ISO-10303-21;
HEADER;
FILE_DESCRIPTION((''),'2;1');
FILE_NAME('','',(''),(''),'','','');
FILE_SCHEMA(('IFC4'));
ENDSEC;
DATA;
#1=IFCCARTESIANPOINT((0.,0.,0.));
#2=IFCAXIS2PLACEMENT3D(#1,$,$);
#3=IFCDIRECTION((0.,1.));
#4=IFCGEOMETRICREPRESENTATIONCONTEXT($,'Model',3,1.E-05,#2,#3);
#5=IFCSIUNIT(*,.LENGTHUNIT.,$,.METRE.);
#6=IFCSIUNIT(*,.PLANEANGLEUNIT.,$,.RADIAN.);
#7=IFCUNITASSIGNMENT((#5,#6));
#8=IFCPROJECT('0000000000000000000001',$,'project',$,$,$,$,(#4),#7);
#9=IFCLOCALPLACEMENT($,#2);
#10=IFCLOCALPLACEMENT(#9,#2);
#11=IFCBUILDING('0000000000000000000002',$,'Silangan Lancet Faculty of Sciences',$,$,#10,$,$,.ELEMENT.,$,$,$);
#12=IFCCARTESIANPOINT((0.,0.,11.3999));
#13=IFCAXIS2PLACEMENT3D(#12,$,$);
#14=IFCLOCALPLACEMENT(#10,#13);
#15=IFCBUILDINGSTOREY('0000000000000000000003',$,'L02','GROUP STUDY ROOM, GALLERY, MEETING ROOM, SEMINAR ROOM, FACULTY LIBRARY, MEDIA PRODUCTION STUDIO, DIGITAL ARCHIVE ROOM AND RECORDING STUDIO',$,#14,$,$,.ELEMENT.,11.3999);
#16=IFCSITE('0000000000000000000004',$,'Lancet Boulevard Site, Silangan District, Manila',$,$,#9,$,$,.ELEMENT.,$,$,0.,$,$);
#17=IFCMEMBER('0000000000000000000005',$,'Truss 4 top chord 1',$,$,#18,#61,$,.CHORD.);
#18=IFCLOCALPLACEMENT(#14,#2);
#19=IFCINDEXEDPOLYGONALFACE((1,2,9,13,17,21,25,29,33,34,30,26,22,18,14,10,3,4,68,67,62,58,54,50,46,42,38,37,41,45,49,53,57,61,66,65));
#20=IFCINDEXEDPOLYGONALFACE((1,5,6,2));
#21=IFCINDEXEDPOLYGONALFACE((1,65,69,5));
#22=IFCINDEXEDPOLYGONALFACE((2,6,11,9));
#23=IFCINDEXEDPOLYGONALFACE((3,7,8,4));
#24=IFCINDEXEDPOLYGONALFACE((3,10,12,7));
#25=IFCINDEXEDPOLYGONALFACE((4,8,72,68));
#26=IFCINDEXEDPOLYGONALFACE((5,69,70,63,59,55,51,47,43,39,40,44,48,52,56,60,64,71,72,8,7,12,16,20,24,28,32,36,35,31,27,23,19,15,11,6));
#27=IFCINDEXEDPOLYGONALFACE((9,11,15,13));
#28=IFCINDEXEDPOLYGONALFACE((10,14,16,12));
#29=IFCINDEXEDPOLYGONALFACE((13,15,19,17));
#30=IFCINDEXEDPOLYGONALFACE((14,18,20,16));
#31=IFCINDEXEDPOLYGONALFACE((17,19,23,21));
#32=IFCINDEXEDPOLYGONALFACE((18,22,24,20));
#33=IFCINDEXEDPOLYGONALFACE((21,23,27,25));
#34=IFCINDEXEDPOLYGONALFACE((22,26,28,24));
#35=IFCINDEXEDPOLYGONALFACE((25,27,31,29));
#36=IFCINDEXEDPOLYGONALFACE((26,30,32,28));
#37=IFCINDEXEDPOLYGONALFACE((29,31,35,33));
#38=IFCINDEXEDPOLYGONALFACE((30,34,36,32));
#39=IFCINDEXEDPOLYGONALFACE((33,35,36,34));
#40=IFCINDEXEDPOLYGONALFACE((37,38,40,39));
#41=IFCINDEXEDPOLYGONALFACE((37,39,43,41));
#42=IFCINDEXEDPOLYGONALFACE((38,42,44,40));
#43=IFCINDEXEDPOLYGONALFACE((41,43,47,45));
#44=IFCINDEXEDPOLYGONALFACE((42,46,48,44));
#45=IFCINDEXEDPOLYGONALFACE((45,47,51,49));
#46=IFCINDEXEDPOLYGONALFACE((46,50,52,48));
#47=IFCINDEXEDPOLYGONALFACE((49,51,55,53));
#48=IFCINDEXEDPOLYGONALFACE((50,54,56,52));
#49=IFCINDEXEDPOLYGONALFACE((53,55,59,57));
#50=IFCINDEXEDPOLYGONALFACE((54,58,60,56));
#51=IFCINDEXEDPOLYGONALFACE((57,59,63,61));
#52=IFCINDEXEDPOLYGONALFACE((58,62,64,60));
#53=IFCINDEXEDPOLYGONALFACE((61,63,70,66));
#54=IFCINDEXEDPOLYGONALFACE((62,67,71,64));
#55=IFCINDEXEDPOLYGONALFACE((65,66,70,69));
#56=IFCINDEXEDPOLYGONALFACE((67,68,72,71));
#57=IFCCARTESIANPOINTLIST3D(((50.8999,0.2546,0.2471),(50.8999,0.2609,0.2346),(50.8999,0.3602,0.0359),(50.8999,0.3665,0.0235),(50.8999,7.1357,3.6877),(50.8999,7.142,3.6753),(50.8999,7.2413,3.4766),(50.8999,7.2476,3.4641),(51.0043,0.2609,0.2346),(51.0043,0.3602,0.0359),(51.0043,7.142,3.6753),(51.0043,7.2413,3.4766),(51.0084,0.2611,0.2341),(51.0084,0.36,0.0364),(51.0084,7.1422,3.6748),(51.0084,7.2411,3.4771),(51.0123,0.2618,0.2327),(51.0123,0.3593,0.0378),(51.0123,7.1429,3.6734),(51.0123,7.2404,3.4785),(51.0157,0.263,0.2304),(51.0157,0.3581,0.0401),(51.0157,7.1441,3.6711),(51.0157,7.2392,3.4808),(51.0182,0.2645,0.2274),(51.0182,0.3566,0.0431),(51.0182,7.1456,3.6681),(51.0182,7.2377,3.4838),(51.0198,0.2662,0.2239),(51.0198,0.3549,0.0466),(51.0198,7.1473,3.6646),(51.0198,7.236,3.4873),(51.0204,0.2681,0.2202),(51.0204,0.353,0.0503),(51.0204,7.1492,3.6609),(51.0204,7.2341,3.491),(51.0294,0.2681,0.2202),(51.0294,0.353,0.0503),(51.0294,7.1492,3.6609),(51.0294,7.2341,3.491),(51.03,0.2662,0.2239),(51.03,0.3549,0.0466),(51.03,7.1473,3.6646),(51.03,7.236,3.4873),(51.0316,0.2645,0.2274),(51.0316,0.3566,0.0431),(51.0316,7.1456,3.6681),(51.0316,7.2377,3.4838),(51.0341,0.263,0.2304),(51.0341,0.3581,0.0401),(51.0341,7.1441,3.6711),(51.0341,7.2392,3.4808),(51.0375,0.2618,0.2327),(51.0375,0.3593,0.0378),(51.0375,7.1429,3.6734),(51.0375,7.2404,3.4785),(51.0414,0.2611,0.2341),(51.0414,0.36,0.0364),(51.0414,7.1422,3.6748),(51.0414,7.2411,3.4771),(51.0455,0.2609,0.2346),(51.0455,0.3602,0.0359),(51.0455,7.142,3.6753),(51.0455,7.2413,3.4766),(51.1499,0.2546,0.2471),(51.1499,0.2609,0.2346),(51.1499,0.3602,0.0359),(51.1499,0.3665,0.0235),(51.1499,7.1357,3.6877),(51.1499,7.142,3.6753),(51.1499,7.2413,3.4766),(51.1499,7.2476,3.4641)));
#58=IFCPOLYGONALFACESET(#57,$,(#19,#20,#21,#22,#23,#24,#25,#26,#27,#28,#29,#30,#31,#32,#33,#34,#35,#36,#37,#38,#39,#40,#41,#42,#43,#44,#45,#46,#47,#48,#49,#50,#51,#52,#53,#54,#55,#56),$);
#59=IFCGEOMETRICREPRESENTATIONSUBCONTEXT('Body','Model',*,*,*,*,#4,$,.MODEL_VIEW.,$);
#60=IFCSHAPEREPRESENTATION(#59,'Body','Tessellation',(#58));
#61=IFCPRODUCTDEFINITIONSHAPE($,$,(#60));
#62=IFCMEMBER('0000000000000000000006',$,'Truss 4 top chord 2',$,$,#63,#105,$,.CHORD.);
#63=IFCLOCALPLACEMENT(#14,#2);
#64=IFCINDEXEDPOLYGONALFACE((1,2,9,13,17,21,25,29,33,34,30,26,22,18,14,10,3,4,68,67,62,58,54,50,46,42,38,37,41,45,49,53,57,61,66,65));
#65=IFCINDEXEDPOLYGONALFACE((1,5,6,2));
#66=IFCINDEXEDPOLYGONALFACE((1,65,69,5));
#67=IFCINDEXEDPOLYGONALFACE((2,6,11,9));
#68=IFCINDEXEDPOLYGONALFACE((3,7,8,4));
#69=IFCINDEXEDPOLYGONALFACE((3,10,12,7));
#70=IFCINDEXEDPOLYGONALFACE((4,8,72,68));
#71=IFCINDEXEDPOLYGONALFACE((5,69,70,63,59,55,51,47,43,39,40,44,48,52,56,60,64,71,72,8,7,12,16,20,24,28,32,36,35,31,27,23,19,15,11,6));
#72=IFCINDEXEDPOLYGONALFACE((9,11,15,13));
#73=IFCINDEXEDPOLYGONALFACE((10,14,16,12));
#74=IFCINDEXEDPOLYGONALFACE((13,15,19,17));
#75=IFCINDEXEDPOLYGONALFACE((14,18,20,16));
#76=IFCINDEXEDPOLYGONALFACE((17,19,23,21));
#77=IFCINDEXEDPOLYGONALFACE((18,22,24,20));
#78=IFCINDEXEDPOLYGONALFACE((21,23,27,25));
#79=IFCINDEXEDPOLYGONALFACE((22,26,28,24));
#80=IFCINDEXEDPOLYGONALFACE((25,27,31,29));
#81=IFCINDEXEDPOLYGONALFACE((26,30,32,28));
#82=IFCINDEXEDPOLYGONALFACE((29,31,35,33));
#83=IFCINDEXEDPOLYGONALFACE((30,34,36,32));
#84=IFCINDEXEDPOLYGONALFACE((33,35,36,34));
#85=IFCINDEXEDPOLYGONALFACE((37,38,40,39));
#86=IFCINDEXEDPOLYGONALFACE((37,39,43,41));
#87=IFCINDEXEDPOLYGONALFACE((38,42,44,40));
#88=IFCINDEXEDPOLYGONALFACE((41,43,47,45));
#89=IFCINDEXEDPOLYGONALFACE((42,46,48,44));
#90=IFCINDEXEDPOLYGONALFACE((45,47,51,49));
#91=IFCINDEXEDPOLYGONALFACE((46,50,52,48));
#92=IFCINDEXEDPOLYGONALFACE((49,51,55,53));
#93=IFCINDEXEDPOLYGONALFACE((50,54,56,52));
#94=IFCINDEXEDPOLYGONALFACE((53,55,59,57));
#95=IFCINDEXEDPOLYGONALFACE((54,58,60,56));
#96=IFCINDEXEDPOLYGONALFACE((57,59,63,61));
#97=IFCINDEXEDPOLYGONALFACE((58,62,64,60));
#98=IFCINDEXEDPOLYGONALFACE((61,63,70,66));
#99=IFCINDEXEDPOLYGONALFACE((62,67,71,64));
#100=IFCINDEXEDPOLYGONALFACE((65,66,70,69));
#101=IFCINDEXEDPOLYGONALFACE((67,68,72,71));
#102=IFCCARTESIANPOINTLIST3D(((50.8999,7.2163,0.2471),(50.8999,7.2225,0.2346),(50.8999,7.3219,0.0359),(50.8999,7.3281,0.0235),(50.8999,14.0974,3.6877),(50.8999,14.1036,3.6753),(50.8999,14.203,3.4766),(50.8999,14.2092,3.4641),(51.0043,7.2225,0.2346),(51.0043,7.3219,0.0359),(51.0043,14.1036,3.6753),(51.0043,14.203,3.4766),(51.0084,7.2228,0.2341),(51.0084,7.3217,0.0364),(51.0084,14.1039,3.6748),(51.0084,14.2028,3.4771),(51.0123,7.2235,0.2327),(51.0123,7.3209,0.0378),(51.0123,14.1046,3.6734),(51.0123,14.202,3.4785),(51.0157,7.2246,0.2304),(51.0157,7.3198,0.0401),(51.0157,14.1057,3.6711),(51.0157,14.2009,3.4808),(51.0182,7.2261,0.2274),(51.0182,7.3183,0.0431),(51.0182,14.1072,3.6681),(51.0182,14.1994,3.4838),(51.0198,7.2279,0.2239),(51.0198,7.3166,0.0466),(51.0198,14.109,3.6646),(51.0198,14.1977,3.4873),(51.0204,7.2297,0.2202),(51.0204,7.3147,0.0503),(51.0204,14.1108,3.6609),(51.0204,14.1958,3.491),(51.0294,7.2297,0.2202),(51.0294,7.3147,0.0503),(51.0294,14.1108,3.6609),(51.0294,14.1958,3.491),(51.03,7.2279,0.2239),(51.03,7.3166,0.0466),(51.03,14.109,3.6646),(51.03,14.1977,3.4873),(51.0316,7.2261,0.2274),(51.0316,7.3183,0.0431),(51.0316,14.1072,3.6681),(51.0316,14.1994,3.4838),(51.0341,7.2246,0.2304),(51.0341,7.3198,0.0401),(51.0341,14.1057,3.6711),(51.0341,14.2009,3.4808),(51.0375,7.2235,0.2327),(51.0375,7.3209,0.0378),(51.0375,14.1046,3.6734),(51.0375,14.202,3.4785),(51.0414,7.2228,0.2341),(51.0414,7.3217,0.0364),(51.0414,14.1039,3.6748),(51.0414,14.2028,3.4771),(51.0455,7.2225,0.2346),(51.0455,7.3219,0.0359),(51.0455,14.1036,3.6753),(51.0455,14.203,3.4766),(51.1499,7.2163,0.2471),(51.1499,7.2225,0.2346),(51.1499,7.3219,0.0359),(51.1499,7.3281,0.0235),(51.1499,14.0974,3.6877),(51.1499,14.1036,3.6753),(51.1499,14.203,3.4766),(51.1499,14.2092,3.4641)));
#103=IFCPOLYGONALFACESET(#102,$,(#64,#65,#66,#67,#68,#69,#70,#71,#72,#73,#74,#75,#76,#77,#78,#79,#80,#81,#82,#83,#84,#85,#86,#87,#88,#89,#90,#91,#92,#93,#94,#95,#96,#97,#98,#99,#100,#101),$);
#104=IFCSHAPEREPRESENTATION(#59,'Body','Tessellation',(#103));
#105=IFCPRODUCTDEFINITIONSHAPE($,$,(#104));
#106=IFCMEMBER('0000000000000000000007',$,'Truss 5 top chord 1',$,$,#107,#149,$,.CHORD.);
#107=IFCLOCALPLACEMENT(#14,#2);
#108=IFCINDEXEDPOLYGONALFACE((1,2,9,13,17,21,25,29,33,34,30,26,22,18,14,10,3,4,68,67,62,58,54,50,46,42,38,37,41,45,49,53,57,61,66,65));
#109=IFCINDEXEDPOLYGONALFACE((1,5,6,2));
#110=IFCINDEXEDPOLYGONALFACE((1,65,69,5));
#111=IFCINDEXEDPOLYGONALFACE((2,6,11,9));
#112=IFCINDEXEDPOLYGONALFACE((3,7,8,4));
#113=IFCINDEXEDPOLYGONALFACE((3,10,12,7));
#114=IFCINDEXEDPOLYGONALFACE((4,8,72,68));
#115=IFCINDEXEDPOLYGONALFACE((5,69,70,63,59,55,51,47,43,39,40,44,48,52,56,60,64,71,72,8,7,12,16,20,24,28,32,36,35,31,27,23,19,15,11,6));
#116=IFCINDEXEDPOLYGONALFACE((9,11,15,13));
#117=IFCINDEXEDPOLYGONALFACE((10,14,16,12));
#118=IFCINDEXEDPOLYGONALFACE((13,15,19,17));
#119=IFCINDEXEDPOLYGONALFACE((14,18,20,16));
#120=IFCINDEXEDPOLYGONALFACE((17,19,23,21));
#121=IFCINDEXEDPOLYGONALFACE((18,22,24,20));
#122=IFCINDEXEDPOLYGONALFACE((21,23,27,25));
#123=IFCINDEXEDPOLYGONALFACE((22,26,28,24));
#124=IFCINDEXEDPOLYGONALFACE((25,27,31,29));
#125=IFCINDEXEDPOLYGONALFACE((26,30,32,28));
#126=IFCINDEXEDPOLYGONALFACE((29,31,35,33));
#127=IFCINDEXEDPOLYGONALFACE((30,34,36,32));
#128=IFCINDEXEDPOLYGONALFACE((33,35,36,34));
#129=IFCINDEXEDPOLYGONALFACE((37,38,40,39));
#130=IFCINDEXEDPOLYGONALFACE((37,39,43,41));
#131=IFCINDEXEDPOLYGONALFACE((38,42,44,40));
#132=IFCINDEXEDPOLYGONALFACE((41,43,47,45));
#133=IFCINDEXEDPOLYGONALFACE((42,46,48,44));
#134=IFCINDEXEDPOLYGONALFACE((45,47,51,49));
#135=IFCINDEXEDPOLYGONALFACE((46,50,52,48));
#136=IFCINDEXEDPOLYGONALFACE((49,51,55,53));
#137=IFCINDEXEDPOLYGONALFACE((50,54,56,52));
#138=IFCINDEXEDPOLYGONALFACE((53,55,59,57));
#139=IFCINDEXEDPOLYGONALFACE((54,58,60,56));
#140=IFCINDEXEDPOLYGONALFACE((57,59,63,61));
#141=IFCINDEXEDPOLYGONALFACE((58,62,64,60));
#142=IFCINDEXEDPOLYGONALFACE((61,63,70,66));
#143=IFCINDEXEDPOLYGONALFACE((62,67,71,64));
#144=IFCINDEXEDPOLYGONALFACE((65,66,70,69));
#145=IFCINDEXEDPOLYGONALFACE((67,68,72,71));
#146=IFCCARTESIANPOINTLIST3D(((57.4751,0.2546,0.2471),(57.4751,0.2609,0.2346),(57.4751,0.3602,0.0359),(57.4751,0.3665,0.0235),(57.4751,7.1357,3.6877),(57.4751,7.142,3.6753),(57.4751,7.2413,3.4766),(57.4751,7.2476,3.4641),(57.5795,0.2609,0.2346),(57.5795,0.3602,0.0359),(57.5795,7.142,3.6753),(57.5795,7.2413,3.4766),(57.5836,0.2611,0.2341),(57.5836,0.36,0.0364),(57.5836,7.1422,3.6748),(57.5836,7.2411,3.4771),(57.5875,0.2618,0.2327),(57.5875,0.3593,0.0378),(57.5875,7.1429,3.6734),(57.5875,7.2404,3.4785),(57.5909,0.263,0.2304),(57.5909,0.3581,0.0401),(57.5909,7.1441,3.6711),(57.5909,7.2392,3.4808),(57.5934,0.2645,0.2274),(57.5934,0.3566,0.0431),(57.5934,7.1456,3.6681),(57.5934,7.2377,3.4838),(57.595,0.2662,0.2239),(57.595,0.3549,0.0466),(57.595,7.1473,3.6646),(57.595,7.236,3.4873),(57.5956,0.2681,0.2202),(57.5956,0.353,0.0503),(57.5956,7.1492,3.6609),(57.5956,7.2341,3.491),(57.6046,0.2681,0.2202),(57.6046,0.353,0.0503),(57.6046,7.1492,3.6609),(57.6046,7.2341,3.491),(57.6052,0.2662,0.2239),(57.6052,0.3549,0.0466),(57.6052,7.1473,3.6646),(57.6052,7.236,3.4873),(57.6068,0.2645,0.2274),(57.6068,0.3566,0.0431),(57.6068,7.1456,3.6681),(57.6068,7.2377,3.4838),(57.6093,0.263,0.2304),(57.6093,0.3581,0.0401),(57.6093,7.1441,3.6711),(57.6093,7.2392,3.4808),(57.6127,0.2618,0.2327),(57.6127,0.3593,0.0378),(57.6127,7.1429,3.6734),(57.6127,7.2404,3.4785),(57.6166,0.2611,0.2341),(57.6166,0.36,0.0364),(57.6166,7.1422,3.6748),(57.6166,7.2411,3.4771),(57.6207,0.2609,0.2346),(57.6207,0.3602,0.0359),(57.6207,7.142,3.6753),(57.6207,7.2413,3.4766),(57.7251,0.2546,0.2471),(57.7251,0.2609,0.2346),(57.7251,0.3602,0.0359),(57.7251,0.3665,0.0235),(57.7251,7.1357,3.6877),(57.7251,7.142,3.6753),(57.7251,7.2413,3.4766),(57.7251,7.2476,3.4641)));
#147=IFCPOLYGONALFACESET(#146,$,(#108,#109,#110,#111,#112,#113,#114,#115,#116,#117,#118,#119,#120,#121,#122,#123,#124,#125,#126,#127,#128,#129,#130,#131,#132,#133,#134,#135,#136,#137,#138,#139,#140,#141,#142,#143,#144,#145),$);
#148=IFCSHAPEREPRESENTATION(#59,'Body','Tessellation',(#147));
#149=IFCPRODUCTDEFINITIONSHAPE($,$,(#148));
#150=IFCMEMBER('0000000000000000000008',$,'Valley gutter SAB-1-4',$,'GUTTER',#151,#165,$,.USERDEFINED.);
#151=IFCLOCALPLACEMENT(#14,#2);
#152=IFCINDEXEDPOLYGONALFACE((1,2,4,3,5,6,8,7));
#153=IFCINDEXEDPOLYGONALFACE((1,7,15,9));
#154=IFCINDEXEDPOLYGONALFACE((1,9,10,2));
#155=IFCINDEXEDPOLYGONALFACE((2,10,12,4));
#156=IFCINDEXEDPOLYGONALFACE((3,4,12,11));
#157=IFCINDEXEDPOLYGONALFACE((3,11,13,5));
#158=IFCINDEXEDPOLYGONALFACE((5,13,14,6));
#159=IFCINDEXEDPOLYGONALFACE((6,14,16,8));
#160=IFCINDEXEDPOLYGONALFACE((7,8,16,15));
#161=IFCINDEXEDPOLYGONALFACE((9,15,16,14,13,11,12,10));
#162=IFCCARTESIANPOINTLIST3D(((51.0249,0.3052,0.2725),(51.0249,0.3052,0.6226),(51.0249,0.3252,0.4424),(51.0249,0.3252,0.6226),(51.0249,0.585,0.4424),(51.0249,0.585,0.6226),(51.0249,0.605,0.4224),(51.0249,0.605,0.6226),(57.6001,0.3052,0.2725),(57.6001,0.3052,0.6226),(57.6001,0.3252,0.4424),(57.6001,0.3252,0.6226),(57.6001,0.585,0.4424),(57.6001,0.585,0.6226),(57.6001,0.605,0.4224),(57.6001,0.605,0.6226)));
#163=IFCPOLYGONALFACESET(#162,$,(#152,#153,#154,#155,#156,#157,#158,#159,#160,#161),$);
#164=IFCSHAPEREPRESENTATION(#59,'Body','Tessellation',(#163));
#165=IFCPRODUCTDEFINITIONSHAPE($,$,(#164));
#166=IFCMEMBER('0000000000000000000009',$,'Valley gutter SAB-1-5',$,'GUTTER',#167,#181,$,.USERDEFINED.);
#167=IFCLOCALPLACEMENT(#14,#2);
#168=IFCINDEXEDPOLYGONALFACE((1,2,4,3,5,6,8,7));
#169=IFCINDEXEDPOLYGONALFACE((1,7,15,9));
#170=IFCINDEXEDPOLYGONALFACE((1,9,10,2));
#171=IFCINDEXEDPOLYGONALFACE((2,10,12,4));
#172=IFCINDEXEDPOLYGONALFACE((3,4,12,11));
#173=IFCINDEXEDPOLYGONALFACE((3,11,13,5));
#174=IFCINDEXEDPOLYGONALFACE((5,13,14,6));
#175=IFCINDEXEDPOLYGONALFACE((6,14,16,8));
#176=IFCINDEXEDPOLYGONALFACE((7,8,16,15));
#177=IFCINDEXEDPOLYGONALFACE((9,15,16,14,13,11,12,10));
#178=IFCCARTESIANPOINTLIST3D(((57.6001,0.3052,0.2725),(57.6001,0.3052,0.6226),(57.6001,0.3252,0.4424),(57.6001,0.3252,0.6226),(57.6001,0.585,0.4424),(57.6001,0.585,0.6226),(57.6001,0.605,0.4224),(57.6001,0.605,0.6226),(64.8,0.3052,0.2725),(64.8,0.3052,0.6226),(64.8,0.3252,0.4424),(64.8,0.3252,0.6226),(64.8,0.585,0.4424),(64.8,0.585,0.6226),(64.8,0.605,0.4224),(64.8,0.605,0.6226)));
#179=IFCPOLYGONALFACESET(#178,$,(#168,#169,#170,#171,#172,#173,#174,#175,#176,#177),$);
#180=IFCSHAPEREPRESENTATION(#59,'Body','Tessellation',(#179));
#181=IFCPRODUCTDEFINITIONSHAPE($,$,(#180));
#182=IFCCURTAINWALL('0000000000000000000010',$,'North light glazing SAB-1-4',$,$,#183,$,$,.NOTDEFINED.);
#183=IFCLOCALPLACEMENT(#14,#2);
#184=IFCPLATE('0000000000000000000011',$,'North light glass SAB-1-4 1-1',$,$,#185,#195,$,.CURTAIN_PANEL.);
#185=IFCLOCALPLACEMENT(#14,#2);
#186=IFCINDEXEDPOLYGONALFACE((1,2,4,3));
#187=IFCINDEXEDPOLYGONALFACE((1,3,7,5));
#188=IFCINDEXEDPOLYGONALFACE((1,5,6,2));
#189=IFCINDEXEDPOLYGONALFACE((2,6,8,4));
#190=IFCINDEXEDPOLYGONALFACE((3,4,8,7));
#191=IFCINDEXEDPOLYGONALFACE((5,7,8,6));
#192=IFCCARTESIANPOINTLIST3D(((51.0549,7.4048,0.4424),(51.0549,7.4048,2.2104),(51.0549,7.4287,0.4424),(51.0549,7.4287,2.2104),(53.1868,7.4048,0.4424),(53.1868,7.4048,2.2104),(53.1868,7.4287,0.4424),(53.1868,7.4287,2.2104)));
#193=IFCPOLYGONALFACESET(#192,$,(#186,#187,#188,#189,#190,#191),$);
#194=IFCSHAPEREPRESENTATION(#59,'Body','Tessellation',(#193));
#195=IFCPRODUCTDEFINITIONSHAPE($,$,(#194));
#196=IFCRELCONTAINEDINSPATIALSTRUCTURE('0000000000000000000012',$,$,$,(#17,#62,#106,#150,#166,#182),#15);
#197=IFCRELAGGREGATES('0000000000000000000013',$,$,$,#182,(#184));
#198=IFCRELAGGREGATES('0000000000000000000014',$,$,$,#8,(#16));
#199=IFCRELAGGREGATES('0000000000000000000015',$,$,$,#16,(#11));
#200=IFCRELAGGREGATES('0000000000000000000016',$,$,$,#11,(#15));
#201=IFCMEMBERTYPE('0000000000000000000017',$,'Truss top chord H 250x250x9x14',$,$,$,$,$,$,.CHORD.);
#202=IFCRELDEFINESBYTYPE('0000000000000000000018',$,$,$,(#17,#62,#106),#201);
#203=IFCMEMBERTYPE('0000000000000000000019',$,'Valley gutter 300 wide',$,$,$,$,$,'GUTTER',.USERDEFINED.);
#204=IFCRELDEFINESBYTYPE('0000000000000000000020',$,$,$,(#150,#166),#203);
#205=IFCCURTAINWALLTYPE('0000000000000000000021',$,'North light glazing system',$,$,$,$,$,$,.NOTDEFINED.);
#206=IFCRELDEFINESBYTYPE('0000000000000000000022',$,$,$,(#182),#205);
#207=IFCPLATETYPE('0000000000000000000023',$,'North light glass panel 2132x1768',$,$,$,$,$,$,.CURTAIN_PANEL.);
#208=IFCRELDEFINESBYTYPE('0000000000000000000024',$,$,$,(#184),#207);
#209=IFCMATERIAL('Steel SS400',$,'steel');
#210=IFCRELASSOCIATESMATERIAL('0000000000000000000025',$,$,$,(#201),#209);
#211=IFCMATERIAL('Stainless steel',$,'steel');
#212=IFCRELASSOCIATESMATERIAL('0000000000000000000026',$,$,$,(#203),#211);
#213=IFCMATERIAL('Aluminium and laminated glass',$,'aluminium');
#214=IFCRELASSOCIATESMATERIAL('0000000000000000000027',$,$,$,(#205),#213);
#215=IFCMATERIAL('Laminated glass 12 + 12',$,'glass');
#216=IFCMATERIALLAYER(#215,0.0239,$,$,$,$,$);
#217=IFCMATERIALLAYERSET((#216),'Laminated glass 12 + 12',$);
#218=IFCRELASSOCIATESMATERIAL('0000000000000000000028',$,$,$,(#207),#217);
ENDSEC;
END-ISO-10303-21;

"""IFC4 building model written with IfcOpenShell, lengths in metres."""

from ifc_helpers import new_model, si_unit, direction, frame, origin, origin_2d, place, context, subcontext, project, spatial, polyline, i_section, outline, extrude, material, layer, layer_set, material_profile, profile_set, type_object, element, aggregate, save


model = new_model("IFC4")

# Units and contexts
model_context = context("Model", 3, precision=1e-05, world=origin(), true_north=direction((0.0, 1.0)))
body_context = subcontext(model_context, "Body", "Model", "MODEL_VIEW")
ifc_project = project(units=[si_unit("LENGTHUNIT", "METRE"), si_unit("PLANEANGLEUNIT", "RADIAN")], contexts=[model_context])

# Site, building, storey
site_placement = place(None, origin())
site = spatial("IfcSite", under=ifc_project, at=site_placement, Name="Lancet Boulevard Site, Silangan District, Manila", CompositionType="ELEMENT", RefElevation=0.0)
building_placement = place(site_placement, origin())
building = spatial("IfcBuilding", under=site, at=building_placement, Name="Silangan Lancet Faculty of Sciences", CompositionType="ELEMENT")
storey_placement = place(building_placement, frame((0.0, 0.0, 11.3999)))
storey = spatial("IfcBuildingStorey", under=building, at=storey_placement, Name="L02", Description="GROUP STUDY ROOM, GALLERY, MEETING ROOM, SEMINAR ROOM, FACULTY LIBRARY, MEDIA PRODUCTION STUDIO, DIGITAL ARCHIVE ROOM AND RECORDING STUDIO", CompositionType="ELEMENT", Elevation=11.3999)

# Members
ifc_material_1 = material(Name="Steel SS400", Category="steel")
ifc_material_profile_1 = material_profile(ifc_material_1, i_section(OverallWidth=0.25, OverallDepth=0.25, WebThickness=0.009, FlangeThickness=0.0139, FilletRadius=0.0161, at=origin_2d()), Name="H 250x250x9x14")
ifc_profile_set_1 = profile_set([ifc_material_profile_1], Name="Steel SS400")
member_type_1 = type_object("IfcMemberType", Name="Truss top chord H 250x250x9x14", PredefinedType="CHORD", material=ifc_profile_set_1)
for number, where, z_axis, x_axis, name in (
    (1, (51.0249, 0.3105, 0.1353), (0.0, 0.894421, 0.447226), (-1.0, 0.0, 0.0), "Truss 4 top chord 1"),
    (2, (51.0249, 7.2722, 0.1353), (0.0, 0.894421, 0.447226), (-1.0, 0.0, 0.0), "Truss 4 top chord 2"),
    (3, (57.6001, 0.3105, 0.1353), (0.0, 0.894421, 0.447226), (-1.0, 0.0, 0.0), "Truss 5 top chord 1"),
):
    element("IfcMember", number, at=place(storey_placement, frame(where, z_axis=z_axis, x_axis=x_axis)), inside=storey, type_object=member_type_1, Name=name, PredefinedType="CHORD", context=body_context, shape_type="SweptSolid", body=[
        extrude(i_section(OverallWidth=0.25, OverallDepth=0.25, WebThickness=0.009, FlangeThickness=0.0139, FilletRadius=0.0161, at=origin_2d()), origin(), (0.0, 0.0, 1.0), 7.6934),
    ])
ifc_material_2 = material(Name="Stainless steel", Category="steel")
ifc_material_profile_2 = material_profile(ifc_material_2, outline(polyline([(-0.1499, 0.0), (0.1499, 0.1499), (0.1499, 0.3501), (0.1299, 0.3501), (0.1299, 0.1699), (-0.1299, 0.1699), (-0.1299, 0.3501), (-0.1499, 0.3501), (-0.1499, 0.0)])), Name="valley gutter")
ifc_profile_set_2 = profile_set([ifc_material_profile_2], Name="Stainless steel")
member_type_2 = type_object("IfcMemberType", Name="Valley gutter 300 wide", ElementType="GUTTER", PredefinedType="USERDEFINED", material=ifc_profile_set_2)
member_1_placement = place(storey_placement, frame((51.0249, 0.4551, 0.2725), z_axis=(1.0, 0.0, 0.0), x_axis=(0.0, 1.0, 0.0)))
element("IfcMember", 4, at=member_1_placement, inside=storey, type_object=member_type_2, Name="Valley gutter SAB-1-4", ObjectType="GUTTER", PredefinedType="USERDEFINED", context=body_context, shape_type="SweptSolid", body=[
    extrude(outline(polyline([(-0.1499, 0.0), (0.1499, 0.1499), (0.1499, 0.3501), (0.1299, 0.3501), (0.1299, 0.1699), (-0.1299, 0.1699), (-0.1299, 0.3501), (-0.1499, 0.3501), (-0.1499, 0.0)])), origin(), (0.0, 0.0, 1.0), 6.5752),
])
member_2_placement = place(storey_placement, frame((57.6001, 0.4551, 0.2725), z_axis=(1.0, 0.0, 0.0), x_axis=(0.0, 1.0, 0.0)))
element("IfcMember", 5, at=member_2_placement, inside=storey, type_object=member_type_2, Name="Valley gutter SAB-1-5", ObjectType="GUTTER", PredefinedType="USERDEFINED", context=body_context, shape_type="SweptSolid", body=[
    extrude(outline(polyline([(-0.1499, 0.0), (0.1499, 0.1499), (0.1499, 0.3501), (0.1299, 0.3501), (0.1299, 0.1699), (-0.1299, 0.1699), (-0.1299, 0.3501), (-0.1499, 0.3501), (-0.1499, 0.0)])), origin(), (0.0, 0.0, 1.0), 7.2),
])

# Curtain wall, plate
ifc_material_3 = material(Name="Aluminium and laminated glass", Category="aluminium")
curtain_wall_type = type_object("IfcCurtainWallType", Name="North light glazing system", PredefinedType="NOTDEFINED", material=ifc_material_3)
curtain_wall_placement = place(storey_placement, origin())
curtain_wall = element("IfcCurtainWall", 6, at=curtain_wall_placement, inside=storey, type_object=curtain_wall_type, Name="North light glazing SAB-1-4", PredefinedType="NOTDEFINED")
ifc_material_4 = material(Name="Laminated glass 12 + 12", Category="glass")
ifc_layer_1 = layer(ifc_material_4, 0.0239)
ifc_layer_set_1 = layer_set([ifc_layer_1], Name="Laminated glass 12 + 12")
plate_type = type_object("IfcPlateType", Name="North light glass panel 2132x1768", PredefinedType="CURTAIN_PANEL", material=ifc_layer_set_1)
plate_1_placement = place(storey_placement, frame((51.0549, 7.4048, 0.4424), z_axis=(0.0, -1.0, 0.0), x_axis=(1.0, 0.0, 0.0)))
plate_1 = element("IfcPlate", 7, at=plate_1_placement, type_object=plate_type, Name="North light glass SAB-1-4 1-1", PredefinedType="CURTAIN_PANEL", context=body_context, shape_type="SweptSolid", body=[
    extrude(outline(polyline([(0.0, 0.0), (2.1318, 0.0), (2.1318, 1.7681), (0.0, 1.7681), (0.0, 0.0)])), origin(), (0.0, 0.0, -1.0), 0.0239),
])
aggregate(curtain_wall, [plate_1])

save(model, "model.ifc")
